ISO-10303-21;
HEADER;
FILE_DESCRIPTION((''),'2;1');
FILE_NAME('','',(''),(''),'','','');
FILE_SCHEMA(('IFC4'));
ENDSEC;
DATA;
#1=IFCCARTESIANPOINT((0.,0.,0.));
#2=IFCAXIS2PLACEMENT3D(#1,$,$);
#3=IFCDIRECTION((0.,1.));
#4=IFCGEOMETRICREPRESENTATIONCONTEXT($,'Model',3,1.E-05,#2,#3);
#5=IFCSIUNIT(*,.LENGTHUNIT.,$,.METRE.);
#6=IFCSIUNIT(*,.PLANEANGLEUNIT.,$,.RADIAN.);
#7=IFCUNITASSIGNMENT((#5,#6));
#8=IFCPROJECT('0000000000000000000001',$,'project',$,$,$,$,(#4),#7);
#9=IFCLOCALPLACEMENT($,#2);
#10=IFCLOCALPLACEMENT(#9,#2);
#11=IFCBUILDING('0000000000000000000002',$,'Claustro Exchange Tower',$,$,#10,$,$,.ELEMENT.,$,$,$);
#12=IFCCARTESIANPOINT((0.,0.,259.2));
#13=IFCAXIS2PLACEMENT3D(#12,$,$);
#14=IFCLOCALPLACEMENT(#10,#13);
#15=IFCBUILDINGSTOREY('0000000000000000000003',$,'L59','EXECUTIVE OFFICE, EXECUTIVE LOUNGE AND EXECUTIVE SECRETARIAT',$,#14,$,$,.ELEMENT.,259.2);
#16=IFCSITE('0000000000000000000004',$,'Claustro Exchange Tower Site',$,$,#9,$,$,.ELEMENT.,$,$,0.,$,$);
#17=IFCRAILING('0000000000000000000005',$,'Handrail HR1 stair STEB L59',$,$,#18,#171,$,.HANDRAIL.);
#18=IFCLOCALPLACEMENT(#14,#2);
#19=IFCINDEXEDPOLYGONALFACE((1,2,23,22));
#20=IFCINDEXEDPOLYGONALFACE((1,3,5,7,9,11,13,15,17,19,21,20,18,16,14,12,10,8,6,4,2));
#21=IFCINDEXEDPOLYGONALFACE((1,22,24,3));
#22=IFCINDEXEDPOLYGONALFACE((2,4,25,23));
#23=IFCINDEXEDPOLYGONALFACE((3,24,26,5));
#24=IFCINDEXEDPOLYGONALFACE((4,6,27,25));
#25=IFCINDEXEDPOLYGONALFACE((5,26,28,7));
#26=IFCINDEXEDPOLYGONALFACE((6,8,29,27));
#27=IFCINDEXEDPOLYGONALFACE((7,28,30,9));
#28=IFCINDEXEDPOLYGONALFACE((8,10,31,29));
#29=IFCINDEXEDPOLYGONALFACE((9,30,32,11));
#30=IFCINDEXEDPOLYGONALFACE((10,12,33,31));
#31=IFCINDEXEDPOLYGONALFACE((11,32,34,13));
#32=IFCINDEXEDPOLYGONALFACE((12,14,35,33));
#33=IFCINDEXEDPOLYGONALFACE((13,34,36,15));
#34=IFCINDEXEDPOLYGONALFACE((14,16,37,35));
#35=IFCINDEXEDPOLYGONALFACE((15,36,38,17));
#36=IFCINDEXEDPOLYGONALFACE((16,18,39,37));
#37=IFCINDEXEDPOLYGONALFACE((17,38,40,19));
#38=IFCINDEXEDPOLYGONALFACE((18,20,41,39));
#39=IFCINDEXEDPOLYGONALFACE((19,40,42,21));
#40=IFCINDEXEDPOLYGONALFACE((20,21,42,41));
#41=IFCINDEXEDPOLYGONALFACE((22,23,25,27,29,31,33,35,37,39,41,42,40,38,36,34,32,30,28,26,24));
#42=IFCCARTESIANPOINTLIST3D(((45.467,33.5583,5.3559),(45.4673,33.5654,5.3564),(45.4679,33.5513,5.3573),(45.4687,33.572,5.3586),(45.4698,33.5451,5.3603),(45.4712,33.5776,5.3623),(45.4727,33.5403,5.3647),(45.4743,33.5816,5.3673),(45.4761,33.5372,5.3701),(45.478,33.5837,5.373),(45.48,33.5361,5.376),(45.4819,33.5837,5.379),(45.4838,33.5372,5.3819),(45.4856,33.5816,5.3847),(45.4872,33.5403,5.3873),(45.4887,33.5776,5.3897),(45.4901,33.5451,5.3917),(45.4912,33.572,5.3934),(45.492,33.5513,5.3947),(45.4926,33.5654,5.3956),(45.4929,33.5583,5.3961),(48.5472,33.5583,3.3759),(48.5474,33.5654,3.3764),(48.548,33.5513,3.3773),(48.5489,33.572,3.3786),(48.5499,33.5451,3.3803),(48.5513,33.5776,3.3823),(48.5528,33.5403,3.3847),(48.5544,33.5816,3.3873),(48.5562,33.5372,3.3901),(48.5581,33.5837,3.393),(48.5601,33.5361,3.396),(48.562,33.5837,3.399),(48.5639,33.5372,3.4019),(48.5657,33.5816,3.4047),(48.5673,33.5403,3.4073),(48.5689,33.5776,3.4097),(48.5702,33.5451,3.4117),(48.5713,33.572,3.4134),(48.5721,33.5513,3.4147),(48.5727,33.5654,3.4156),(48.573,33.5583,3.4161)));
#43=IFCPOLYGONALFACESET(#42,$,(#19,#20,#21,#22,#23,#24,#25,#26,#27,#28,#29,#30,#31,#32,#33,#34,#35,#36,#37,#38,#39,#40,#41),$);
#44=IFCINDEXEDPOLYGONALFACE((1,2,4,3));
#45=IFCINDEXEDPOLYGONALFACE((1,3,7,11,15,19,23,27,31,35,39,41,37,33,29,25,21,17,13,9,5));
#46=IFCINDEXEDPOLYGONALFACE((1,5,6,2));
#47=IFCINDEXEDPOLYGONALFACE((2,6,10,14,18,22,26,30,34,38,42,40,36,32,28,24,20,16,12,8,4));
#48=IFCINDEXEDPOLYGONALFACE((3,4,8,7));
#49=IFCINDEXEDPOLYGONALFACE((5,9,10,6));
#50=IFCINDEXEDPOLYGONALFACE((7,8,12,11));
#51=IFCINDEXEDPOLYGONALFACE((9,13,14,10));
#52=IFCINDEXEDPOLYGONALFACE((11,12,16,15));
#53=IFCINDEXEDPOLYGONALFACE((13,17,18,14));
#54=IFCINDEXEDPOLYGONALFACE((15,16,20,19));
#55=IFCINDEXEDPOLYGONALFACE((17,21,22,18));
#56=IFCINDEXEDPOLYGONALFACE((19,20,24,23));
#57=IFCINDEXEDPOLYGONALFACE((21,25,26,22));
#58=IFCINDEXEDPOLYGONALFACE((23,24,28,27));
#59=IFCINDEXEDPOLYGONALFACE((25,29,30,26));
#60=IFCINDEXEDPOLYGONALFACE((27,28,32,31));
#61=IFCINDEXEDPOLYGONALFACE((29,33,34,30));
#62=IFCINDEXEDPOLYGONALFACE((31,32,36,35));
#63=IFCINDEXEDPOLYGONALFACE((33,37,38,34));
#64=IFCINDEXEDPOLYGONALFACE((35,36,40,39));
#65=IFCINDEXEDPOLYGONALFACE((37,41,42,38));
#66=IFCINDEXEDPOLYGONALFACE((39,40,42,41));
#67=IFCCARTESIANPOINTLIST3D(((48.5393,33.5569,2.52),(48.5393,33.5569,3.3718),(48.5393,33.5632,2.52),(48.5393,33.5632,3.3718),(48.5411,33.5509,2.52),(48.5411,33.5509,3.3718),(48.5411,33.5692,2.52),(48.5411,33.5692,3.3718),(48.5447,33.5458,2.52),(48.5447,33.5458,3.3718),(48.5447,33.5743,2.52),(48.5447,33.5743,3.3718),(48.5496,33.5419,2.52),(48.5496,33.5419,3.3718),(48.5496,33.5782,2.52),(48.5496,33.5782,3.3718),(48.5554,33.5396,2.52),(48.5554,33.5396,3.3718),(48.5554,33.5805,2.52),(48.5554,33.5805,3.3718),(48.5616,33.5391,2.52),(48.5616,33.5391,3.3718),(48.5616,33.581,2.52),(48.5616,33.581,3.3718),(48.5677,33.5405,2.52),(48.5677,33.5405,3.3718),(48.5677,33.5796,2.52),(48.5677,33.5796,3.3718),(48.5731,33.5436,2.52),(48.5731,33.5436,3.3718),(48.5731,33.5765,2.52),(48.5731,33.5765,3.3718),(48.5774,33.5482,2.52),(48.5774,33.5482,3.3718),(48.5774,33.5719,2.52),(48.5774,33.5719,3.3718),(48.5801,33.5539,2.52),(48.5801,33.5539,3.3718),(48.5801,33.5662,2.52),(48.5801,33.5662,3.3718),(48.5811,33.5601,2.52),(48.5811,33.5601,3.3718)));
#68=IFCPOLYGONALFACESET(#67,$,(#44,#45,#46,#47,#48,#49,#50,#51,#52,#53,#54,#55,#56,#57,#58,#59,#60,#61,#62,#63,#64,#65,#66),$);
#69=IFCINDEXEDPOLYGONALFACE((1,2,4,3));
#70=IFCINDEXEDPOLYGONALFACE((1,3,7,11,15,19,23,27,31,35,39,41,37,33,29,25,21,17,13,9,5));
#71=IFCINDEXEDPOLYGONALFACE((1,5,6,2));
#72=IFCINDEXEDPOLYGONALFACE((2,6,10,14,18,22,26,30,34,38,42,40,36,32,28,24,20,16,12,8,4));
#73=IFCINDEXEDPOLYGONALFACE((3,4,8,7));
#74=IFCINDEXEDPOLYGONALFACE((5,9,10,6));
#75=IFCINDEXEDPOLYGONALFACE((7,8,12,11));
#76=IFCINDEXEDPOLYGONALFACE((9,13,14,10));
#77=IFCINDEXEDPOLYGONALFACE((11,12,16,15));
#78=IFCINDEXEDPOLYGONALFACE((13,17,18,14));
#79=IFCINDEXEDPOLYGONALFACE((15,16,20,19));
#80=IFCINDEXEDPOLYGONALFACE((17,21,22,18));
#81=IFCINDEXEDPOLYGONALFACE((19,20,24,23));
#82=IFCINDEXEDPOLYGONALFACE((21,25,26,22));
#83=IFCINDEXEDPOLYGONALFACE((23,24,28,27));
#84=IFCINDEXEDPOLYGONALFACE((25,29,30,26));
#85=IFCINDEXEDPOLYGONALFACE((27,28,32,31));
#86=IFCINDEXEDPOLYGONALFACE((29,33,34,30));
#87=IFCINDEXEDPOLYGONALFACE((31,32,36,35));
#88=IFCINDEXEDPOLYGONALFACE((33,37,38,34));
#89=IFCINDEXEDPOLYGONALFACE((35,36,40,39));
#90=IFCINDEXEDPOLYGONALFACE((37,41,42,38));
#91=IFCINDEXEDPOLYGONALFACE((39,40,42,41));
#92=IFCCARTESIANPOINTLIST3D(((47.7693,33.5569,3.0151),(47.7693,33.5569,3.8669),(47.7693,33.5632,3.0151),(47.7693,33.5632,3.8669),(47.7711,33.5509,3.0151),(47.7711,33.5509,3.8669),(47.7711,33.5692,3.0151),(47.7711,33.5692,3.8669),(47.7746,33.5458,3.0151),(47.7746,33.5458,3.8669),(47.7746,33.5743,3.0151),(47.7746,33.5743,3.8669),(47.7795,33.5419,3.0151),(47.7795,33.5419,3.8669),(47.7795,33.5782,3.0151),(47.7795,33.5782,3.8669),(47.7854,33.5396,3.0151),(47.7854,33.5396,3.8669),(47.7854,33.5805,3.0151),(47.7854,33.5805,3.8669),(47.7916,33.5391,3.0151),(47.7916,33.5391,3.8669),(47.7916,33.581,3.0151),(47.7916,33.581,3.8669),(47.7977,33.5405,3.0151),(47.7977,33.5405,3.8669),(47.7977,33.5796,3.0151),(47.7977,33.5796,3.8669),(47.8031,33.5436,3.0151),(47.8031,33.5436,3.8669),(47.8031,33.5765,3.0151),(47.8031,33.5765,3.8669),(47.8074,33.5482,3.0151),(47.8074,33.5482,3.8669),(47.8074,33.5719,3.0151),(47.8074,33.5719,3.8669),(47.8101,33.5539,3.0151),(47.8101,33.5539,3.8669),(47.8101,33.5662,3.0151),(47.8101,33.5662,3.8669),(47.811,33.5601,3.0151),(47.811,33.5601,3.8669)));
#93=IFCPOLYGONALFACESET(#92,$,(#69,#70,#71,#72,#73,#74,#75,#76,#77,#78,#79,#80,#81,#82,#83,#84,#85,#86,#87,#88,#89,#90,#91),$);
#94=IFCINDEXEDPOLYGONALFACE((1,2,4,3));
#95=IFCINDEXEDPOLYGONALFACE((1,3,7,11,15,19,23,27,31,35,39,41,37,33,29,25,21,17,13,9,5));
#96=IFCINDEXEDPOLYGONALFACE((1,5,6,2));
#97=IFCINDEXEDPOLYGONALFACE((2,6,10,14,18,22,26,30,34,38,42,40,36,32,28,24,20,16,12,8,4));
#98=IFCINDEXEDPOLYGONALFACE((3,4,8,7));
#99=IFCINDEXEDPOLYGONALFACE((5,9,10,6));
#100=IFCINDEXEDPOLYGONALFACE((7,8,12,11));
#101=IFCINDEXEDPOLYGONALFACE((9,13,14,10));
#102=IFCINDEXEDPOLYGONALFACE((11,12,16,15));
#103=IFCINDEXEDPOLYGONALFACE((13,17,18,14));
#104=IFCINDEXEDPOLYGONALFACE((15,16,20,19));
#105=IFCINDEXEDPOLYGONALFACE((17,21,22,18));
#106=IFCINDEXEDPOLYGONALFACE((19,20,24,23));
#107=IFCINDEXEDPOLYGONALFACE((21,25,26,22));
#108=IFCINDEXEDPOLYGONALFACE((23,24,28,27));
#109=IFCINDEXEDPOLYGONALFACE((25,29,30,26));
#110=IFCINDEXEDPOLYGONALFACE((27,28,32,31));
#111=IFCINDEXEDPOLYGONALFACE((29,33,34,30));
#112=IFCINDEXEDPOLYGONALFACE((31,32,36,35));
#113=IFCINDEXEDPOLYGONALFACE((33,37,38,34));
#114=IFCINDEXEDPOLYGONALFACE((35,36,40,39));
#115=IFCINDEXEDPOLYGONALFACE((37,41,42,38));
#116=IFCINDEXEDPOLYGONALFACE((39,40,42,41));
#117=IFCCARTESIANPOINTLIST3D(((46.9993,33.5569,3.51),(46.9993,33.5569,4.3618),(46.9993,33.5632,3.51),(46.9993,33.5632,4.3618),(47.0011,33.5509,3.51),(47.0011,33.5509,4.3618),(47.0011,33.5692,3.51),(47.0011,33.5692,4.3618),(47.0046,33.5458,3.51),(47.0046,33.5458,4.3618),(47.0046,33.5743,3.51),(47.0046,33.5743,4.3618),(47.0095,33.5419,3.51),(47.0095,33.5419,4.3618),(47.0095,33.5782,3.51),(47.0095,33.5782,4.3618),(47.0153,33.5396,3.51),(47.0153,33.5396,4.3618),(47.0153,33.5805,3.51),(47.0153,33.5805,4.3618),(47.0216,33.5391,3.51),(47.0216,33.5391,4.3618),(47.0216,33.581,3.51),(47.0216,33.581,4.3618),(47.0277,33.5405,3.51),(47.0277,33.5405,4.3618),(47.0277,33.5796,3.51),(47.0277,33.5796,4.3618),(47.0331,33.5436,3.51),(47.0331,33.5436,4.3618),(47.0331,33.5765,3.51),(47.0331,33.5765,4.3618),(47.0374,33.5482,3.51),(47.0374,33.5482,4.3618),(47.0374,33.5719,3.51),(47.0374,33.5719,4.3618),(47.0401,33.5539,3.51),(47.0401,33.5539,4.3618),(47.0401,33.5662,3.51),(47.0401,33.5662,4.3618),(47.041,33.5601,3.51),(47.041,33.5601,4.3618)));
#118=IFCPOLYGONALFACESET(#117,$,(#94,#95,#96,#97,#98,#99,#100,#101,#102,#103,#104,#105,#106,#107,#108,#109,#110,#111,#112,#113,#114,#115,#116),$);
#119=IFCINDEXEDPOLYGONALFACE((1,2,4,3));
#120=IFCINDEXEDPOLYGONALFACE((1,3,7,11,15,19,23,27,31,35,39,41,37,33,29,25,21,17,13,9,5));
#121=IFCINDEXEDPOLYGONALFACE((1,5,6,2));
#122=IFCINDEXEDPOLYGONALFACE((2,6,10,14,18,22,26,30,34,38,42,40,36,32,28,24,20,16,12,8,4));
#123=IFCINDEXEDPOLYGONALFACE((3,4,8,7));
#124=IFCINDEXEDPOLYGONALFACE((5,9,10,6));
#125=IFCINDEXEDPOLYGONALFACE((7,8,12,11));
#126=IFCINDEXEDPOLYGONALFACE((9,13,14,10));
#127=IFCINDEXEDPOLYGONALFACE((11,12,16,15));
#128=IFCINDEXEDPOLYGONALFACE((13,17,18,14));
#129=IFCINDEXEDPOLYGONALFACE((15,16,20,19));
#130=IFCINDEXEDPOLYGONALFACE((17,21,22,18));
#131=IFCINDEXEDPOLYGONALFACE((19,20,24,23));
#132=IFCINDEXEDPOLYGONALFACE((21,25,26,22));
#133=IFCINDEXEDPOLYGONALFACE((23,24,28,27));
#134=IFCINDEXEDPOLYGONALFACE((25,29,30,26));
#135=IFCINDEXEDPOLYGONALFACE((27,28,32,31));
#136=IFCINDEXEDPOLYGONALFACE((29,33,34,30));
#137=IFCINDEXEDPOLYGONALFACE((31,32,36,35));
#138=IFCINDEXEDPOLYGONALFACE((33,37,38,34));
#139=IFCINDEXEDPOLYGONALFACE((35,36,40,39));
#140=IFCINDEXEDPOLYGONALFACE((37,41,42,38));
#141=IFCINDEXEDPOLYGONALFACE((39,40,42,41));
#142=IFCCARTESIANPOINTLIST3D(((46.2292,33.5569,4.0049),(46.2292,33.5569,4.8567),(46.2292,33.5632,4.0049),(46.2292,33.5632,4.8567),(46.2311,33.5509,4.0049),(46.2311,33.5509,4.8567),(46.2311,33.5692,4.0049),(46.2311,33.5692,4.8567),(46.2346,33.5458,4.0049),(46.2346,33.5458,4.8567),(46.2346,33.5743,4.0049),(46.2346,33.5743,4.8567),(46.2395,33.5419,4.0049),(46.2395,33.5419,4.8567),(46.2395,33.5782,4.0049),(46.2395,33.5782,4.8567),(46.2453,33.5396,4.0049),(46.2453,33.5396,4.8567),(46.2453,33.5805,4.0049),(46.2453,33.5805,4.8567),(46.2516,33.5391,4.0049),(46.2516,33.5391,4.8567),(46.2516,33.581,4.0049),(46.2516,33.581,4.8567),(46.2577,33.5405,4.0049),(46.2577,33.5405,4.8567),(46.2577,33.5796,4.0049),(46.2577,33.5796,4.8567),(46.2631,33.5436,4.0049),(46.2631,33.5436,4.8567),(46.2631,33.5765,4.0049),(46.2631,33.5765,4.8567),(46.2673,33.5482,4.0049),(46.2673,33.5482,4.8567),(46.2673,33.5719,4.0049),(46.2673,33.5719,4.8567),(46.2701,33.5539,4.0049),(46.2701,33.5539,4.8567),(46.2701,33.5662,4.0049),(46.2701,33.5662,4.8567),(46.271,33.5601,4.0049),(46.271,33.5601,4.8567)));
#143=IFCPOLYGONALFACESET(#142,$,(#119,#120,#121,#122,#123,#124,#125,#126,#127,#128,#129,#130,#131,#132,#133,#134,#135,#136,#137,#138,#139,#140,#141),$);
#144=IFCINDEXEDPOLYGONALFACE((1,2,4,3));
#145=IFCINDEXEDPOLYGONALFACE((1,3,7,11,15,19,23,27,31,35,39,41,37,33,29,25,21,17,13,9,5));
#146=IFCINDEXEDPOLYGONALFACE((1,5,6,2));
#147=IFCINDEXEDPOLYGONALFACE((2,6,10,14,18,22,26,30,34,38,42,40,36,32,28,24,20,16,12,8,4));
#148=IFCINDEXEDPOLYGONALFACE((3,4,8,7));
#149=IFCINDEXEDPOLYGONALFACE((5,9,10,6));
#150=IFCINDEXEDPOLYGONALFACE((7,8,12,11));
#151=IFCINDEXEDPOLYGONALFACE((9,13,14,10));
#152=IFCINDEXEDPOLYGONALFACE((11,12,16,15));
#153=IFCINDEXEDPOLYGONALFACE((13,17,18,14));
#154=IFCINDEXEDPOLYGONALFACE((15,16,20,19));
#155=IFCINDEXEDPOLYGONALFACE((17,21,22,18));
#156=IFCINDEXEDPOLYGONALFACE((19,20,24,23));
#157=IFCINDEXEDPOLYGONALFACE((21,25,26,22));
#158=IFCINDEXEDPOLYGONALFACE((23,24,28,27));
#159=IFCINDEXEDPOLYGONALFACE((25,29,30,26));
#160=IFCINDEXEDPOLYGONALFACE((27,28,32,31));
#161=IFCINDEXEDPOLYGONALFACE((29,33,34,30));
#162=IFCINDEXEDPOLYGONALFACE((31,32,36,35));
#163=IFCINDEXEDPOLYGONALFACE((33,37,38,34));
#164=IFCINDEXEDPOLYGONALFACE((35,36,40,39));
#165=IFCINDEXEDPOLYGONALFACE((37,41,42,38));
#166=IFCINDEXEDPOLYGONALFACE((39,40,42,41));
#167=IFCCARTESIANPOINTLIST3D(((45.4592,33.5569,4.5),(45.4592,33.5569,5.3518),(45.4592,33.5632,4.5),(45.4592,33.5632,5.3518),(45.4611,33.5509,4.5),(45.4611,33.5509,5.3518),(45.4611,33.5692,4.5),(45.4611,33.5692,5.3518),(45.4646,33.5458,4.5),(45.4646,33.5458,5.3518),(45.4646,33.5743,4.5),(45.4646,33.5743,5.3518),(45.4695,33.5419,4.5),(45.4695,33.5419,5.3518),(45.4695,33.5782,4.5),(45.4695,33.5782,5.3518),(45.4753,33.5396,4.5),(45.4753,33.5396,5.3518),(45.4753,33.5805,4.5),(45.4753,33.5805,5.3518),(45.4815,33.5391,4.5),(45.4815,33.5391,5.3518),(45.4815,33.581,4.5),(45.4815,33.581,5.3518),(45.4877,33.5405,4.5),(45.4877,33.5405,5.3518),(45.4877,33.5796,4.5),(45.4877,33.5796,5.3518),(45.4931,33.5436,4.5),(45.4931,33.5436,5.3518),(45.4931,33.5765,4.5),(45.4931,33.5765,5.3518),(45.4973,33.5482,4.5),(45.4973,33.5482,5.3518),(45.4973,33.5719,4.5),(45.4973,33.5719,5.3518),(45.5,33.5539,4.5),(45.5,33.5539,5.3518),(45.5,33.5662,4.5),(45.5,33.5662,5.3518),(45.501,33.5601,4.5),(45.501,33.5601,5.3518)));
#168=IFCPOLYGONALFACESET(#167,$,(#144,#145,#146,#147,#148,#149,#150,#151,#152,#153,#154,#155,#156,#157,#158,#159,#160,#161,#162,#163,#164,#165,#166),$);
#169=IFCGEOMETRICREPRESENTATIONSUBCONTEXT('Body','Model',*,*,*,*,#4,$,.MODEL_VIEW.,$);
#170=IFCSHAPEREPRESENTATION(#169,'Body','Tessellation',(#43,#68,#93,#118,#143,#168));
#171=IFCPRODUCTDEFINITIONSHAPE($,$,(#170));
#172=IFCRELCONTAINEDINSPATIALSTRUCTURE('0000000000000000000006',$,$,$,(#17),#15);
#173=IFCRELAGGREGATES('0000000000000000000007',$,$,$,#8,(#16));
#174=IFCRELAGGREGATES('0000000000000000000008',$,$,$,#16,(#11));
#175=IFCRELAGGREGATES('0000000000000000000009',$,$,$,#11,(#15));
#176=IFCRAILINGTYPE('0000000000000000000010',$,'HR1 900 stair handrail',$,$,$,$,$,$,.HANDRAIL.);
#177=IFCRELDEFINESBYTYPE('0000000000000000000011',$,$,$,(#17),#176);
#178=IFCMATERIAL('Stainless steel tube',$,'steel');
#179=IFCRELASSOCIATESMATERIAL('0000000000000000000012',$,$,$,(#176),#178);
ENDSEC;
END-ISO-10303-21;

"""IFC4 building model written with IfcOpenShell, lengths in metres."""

from ifc_helpers import new_model, si_unit, direction, frame, origin, origin_2d, place, context, subcontext, project, spatial, circle, extrude, material, type_object, element, save


model = new_model("IFC4")

# Units and contexts
model_context = context("Model", 3, precision=1e-05, world=origin(), true_north=direction((0.0, 1.0)))
body_context = subcontext(model_context, "Body", "Model", "MODEL_VIEW")
ifc_project = project(units=[si_unit("LENGTHUNIT", "METRE"), si_unit("PLANEANGLEUNIT", "RADIAN")], contexts=[model_context])

# Site, building, storey
site_placement = place(None, origin())
site = spatial("IfcSite", under=ifc_project, at=site_placement, Name="Claustro Exchange Tower Site", CompositionType="ELEMENT", RefElevation=0.0)
building_placement = place(site_placement, origin())
building = spatial("IfcBuilding", under=site, at=building_placement, Name="Claustro Exchange Tower", CompositionType="ELEMENT")
storey_placement = place(building_placement, frame((0.0, 0.0, 259.2)))
storey = spatial("IfcBuildingStorey", under=building, at=storey_placement, Name="L59", Description="EXECUTIVE OFFICE, EXECUTIVE LOUNGE AND EXECUTIVE SECRETARIAT", CompositionType="ELEMENT", Elevation=259.2)

# Railing
ifc_material_1 = material(Name="Stainless steel tube", Category="steel")
railing_type_1 = type_object("IfcRailingType", Name="HR1 900 stair handrail", PredefinedType="HANDRAIL", material=ifc_material_1)
railing_1_placement = place(storey_placement, frame((48.5601, 33.5601, 2.52)))
element("IfcRailing", 1, at=railing_1_placement, inside=storey, type_object=railing_type_1, Name="Handrail HR1 stair STEB L59", PredefinedType="HANDRAIL", context=body_context, shape_type="SweptSolid", body=[
    extrude(circle(Radius=0.0239, at=origin_2d()), frame((0.0, 0.0, 0.876), z_axis=(-0.841187, 0.0, 0.540744), x_axis=(0.0, -1.0, 0.0)), (0.0, 0.0, 1.0), 3.6616),
    extrude(circle(Radius=0.021, at=origin_2d()), origin(), (0.0, 0.0, 1.0), 0.8518),
    extrude(circle(Radius=0.021, at=origin_2d()), frame((-0.77, 0.0, 0.4951)), (0.0, 0.0, 1.0), 0.8518),
    extrude(circle(Radius=0.021, at=origin_2d()), frame((-1.54, 0.0, 0.99)), (0.0, 0.0, 1.0), 0.8518),
    extrude(circle(Radius=0.021, at=origin_2d()), frame((-2.3101, 0.0, 1.4849)), (0.0, 0.0, 1.0), 0.8518),
    extrude(circle(Radius=0.021, at=origin_2d()), frame((-3.0801, 0.0, 1.98)), (0.0, 0.0, 1.0), 0.8518),
])

save(model, "model.ifc")
